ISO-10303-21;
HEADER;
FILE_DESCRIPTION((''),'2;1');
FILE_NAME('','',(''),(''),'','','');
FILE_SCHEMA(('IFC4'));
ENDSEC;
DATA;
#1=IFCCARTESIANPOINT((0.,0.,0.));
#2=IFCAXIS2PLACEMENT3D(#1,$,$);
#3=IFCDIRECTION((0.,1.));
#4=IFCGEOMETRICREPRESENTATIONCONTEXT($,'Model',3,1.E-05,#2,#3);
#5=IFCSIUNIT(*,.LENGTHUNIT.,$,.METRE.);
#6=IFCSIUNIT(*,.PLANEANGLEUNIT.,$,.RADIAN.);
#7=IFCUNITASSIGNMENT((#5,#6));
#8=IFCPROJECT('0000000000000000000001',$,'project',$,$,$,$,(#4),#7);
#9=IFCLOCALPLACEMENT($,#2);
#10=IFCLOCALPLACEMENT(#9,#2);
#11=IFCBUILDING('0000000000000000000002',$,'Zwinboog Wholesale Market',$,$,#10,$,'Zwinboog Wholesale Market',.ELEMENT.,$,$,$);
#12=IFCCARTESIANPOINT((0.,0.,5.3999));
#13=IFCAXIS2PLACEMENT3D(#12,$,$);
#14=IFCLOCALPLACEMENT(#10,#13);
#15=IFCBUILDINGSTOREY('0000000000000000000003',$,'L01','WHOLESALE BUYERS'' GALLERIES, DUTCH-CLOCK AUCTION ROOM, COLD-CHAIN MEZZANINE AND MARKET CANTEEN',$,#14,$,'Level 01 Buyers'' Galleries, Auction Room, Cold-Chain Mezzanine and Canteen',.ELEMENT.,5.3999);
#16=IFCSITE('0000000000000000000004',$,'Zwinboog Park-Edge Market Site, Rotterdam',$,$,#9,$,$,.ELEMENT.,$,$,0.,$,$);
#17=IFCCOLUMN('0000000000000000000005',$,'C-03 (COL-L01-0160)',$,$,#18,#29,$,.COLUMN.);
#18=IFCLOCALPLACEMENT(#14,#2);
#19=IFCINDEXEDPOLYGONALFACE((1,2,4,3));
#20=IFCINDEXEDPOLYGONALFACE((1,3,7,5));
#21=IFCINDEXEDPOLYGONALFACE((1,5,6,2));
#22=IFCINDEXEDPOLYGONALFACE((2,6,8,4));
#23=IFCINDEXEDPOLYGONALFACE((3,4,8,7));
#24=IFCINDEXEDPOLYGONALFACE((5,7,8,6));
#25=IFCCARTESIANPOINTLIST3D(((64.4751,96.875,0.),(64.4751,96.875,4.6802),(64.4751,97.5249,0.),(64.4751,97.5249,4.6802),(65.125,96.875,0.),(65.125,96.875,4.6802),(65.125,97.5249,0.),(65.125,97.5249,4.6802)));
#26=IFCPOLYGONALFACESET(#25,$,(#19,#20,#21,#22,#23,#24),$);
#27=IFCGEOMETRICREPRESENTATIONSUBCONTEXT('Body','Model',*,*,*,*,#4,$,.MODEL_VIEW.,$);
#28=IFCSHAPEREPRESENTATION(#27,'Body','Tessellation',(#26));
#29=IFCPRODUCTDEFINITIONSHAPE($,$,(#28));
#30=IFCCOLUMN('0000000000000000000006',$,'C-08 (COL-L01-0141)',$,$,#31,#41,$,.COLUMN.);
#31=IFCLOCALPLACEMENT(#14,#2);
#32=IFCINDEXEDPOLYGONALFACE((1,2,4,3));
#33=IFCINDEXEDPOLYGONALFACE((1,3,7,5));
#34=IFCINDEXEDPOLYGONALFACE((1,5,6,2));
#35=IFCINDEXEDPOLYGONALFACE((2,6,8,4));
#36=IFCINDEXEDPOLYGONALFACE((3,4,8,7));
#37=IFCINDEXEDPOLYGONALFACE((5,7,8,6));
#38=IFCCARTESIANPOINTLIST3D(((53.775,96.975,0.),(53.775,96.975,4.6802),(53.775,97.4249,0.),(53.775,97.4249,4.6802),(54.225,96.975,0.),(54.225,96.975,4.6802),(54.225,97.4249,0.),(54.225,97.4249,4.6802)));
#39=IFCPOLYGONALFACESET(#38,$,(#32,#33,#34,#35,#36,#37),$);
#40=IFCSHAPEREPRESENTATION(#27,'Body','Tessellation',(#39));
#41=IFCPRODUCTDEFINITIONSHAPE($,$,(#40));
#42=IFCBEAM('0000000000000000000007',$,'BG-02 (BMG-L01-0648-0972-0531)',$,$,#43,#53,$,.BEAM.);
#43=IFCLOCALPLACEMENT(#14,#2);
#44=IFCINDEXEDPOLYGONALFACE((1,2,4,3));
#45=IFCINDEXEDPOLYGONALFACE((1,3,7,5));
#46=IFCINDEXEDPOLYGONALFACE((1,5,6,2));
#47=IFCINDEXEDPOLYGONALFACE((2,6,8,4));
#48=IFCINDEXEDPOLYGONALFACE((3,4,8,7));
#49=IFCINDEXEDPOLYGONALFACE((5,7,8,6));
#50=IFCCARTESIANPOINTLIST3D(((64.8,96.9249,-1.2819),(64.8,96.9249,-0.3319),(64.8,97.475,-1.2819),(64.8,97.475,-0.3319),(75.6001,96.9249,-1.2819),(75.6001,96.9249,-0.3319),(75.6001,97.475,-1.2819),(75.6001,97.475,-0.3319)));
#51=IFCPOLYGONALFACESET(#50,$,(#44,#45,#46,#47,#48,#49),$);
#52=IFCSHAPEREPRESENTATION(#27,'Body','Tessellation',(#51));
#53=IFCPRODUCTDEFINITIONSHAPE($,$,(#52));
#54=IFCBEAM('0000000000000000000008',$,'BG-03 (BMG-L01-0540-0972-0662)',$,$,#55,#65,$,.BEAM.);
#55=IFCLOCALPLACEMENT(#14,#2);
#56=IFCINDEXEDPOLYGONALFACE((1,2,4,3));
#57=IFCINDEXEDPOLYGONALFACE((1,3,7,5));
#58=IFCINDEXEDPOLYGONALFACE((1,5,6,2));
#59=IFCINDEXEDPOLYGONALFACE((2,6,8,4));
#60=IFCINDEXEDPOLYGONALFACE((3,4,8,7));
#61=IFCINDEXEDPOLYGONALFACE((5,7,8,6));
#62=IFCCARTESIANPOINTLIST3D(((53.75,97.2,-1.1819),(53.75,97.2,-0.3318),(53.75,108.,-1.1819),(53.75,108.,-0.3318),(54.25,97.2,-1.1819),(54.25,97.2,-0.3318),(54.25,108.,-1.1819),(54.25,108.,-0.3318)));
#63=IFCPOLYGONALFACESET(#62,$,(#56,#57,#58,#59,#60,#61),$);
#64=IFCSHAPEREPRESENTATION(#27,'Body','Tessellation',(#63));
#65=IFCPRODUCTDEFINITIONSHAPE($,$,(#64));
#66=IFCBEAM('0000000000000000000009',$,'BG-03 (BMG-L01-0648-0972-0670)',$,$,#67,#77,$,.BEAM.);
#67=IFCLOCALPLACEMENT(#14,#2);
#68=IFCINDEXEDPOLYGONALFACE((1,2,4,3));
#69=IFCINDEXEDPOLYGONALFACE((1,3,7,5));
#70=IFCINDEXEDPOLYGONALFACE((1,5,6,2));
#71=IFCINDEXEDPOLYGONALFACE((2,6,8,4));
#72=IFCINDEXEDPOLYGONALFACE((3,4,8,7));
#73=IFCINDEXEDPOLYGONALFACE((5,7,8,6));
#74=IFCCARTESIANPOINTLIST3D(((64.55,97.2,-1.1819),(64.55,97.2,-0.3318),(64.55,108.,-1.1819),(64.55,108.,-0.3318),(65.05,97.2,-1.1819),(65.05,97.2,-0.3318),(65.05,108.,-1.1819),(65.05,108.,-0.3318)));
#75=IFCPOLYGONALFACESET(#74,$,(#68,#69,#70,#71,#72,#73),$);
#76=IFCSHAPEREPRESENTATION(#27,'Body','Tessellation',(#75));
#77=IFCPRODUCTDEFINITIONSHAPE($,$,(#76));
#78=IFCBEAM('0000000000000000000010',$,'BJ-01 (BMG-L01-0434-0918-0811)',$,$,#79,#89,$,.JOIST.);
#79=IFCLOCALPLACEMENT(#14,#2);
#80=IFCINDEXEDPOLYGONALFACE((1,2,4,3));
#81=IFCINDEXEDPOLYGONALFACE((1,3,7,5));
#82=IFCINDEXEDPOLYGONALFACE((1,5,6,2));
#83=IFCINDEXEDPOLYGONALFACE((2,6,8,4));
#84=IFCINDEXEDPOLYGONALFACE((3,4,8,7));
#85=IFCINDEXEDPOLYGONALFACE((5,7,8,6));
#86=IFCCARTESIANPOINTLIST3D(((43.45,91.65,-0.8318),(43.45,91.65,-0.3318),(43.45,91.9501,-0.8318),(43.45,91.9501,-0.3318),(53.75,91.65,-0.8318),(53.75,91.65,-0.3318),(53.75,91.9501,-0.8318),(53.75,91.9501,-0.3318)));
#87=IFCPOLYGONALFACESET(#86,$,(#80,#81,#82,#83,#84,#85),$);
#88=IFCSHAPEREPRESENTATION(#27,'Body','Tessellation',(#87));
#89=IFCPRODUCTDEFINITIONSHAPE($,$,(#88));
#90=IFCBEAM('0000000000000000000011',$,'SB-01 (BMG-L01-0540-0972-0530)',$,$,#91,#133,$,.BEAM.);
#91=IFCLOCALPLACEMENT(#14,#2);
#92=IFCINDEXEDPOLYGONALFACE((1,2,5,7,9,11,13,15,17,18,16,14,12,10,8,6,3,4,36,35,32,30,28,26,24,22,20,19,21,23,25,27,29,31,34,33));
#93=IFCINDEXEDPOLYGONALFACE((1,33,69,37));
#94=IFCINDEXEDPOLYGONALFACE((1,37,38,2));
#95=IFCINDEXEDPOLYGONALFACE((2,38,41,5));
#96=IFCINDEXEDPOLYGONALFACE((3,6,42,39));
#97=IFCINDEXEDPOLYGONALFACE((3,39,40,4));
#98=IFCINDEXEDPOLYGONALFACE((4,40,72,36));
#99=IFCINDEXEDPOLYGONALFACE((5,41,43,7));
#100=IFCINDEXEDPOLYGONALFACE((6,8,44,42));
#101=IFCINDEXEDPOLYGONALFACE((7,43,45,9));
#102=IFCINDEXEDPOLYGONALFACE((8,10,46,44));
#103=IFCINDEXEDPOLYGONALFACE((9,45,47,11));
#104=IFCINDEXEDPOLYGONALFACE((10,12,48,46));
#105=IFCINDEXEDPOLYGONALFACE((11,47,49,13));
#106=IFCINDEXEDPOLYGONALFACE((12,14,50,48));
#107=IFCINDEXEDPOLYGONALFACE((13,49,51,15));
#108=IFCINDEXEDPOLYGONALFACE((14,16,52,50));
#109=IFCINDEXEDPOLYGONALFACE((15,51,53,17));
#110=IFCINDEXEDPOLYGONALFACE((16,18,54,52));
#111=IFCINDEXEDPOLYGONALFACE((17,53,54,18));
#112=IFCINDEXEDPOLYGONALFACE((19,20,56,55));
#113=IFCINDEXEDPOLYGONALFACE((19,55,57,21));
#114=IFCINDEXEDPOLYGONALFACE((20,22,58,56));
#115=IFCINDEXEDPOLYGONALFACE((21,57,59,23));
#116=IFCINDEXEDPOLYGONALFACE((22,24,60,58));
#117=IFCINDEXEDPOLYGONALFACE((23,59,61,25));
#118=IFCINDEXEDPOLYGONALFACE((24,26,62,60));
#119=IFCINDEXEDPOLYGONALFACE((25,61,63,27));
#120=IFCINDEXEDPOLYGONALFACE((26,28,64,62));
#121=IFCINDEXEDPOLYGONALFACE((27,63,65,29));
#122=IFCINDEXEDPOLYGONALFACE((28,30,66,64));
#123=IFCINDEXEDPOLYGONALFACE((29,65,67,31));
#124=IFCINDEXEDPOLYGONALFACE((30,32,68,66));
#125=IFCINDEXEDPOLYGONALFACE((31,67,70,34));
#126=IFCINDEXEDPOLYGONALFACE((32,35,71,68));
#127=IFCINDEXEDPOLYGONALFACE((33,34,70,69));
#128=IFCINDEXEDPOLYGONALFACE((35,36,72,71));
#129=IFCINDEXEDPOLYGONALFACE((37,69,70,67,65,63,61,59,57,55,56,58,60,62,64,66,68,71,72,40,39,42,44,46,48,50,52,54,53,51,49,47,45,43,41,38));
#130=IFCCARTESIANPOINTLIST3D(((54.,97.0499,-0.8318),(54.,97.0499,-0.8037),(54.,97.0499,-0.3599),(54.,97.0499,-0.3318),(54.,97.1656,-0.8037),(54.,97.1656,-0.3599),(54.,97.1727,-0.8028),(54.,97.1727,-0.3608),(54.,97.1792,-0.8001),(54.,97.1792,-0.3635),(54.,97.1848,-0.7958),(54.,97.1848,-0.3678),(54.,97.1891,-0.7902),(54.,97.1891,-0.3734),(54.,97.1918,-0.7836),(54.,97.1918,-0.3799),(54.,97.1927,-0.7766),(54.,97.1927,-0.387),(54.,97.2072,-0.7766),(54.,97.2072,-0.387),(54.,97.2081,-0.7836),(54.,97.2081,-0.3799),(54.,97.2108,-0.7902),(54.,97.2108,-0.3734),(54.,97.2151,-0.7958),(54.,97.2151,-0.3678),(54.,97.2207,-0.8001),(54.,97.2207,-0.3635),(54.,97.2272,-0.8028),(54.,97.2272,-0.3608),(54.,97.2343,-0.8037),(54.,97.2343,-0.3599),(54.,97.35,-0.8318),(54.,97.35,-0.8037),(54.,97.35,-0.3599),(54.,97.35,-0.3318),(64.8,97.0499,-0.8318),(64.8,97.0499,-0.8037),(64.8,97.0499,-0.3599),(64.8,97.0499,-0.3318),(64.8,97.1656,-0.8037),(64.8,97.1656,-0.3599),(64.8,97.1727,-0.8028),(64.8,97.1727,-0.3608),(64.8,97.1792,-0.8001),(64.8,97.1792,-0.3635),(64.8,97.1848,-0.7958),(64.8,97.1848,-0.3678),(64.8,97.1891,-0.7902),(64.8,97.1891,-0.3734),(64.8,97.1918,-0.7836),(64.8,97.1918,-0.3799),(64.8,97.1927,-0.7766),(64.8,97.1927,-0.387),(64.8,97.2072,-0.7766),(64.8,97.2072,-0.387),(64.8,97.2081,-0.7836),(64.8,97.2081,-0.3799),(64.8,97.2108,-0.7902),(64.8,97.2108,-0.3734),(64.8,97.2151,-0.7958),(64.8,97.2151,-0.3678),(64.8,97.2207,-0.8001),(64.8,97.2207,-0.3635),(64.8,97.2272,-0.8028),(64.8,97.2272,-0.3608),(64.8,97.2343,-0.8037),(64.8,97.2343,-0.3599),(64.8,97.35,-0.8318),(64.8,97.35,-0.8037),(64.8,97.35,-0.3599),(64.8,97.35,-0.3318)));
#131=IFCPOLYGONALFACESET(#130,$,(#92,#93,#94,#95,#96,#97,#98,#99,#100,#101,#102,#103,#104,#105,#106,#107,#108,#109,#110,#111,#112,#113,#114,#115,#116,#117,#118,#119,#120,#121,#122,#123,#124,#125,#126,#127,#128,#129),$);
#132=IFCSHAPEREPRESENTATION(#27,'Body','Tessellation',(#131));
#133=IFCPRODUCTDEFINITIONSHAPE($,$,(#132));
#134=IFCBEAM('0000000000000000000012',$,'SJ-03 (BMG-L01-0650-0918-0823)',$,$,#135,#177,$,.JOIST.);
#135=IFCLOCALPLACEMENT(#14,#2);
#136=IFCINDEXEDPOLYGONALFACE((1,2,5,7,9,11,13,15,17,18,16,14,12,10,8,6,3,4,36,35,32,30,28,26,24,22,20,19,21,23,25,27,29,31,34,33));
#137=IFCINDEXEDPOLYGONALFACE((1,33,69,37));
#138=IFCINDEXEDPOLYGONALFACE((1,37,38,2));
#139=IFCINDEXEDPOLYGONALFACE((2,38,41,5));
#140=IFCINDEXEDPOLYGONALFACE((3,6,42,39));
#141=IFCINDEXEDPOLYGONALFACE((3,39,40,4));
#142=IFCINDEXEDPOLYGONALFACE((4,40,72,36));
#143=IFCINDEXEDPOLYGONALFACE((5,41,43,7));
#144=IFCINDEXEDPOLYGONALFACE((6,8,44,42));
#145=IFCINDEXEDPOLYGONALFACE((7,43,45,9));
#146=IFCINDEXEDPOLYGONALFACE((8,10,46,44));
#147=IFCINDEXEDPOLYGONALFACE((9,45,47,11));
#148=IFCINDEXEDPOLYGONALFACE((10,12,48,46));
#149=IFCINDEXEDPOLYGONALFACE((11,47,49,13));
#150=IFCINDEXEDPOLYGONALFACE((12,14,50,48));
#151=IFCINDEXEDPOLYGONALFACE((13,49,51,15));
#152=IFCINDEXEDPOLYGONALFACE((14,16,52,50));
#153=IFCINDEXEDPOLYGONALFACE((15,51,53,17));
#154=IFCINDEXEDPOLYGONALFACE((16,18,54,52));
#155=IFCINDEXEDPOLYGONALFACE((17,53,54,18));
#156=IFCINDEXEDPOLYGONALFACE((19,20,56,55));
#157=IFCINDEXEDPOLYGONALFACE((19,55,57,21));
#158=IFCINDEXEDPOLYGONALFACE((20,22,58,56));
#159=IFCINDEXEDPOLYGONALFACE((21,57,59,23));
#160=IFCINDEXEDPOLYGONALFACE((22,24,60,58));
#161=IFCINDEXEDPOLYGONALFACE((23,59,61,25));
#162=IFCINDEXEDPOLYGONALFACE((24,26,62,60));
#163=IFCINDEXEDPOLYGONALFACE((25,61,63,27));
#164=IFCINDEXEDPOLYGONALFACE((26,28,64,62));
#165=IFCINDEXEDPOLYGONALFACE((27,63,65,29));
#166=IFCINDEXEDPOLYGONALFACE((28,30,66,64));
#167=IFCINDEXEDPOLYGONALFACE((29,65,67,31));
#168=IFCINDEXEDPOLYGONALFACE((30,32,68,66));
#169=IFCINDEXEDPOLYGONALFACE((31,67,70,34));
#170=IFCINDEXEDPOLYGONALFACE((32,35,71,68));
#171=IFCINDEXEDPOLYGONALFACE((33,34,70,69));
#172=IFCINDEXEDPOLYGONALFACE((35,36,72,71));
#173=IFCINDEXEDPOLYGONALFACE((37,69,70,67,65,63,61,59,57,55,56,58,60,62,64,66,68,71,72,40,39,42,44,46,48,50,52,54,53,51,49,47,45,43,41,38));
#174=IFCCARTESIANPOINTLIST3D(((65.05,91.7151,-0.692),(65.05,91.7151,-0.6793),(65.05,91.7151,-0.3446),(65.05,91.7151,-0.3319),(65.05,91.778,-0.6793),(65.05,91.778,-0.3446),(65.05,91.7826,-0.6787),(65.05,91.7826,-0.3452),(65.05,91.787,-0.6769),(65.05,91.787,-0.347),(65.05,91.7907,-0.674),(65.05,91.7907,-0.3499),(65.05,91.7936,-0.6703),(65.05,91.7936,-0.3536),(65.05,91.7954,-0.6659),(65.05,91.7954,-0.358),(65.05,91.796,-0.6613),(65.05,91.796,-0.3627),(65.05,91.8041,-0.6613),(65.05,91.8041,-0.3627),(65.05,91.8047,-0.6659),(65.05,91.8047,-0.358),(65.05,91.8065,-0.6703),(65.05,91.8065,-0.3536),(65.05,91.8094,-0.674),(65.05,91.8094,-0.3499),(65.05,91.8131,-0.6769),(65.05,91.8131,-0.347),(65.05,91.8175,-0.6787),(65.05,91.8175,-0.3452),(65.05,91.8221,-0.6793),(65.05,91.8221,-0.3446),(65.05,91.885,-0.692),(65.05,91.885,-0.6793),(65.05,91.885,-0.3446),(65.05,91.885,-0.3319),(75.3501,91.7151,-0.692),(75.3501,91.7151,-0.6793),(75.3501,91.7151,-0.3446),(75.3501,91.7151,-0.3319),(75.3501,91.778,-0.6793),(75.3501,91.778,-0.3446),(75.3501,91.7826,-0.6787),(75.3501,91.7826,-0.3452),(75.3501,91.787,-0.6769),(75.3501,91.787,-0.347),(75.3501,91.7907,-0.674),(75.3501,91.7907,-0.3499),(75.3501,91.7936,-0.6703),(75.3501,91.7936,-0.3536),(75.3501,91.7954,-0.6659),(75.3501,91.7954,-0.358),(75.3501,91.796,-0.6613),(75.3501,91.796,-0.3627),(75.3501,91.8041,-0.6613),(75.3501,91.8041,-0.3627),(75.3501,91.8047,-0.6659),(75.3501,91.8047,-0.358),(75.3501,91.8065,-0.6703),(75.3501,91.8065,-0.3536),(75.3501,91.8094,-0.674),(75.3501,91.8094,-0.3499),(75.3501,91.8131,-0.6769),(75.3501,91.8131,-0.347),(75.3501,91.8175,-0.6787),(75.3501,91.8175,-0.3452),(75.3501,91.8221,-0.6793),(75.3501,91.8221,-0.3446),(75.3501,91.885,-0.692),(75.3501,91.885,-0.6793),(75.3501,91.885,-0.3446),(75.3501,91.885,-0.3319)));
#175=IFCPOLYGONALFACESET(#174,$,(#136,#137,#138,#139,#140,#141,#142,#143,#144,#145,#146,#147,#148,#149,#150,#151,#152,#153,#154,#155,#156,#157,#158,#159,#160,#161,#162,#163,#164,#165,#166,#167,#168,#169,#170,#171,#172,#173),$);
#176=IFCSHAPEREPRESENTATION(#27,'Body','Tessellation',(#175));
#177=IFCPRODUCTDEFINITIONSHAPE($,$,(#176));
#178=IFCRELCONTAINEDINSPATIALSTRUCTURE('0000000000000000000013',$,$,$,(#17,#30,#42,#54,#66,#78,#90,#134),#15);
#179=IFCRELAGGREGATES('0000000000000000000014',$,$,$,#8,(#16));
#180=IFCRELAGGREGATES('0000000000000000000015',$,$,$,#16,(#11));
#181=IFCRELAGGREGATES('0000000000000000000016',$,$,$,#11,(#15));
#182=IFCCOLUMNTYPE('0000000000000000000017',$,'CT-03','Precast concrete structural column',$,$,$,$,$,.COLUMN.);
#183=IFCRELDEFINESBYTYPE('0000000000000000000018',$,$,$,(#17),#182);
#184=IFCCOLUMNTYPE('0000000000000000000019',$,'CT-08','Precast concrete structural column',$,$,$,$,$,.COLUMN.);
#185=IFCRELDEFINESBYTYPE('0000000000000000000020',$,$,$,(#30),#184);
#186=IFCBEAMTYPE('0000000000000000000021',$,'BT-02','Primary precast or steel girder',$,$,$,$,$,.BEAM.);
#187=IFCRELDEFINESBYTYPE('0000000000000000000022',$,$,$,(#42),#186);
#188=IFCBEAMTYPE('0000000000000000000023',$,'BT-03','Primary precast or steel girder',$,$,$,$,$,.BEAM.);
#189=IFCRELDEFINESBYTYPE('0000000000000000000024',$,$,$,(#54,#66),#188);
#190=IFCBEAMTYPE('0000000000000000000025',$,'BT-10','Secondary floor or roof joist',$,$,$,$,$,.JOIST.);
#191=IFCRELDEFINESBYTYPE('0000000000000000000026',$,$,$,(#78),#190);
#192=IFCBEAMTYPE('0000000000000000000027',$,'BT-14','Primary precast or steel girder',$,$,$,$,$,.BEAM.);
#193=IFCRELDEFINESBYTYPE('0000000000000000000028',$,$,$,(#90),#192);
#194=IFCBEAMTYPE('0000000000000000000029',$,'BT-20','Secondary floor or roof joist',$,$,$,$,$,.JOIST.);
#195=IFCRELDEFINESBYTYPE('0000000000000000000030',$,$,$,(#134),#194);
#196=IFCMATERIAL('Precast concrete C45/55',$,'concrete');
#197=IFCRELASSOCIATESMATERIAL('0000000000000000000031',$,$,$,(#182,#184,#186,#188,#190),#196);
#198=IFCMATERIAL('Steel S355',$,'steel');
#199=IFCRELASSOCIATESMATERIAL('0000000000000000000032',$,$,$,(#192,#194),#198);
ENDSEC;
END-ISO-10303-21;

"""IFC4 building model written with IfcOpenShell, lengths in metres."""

from ifc_helpers import new_model, si_unit, direction, frame, origin, origin_2d, place, context, subcontext, project, spatial, rectangle, i_section, extrude, material, material_profile, profile_set, type_object, element, save


model = new_model("IFC4")

# Units and contexts
model_context = context("Model", 3, precision=1e-05, world=origin(), true_north=direction((0.0, 1.0)))
body_context = subcontext(model_context, "Body", "Model", "MODEL_VIEW")
ifc_project = project(units=[si_unit("LENGTHUNIT", "METRE"), si_unit("PLANEANGLEUNIT", "RADIAN")], contexts=[model_context])

# Site, building, storey
site_placement = place(None, origin())
site = spatial("IfcSite", under=ifc_project, at=site_placement, Name="Zwinboog Park-Edge Market Site, Rotterdam", CompositionType="ELEMENT", RefElevation=0.0)
building_placement = place(site_placement, origin())
building = spatial("IfcBuilding", under=site, at=building_placement, Name="Zwinboog Wholesale Market", LongName="Zwinboog Wholesale Market", CompositionType="ELEMENT")
storey_placement = place(building_placement, frame((0.0, 0.0, 5.3999)))
storey = spatial("IfcBuildingStorey", under=building, at=storey_placement, Name="L01", Description="WHOLESALE BUYERS' GALLERIES, DUTCH-CLOCK AUCTION ROOM, COLD-CHAIN MEZZANINE AND MARKET CANTEEN", LongName="Level 01 Buyers' Galleries, Auction Room, Cold-Chain Mezzanine and Canteen", CompositionType="ELEMENT", Elevation=5.3999)

# Columns
ifc_material_1 = material(Name="Precast concrete C45/55", Category="concrete")
ifc_material_profile_1 = material_profile(ifc_material_1, rectangle(XDim=0.6499, YDim=0.6499, at=origin_2d()), Name="PC 650x650")
ifc_profile_set_1 = profile_set([ifc_material_profile_1], Name="Precast concrete C45/55")
column_type_1 = type_object("IfcColumnType", Name="CT-03", Description="Precast concrete structural column", PredefinedType="COLUMN", material=ifc_profile_set_1)
column_1_placement = place(storey_placement, frame((64.8, 97.2, 0.0), z_axis=(0.0, 0.0, 1.0), x_axis=(1.0, 0.0, 0.0)))
element("IfcColumn", 1, at=column_1_placement, inside=storey, type_object=column_type_1, Name="C-03 (COL-L01-0160)", PredefinedType="COLUMN", context=body_context, shape_type="SweptSolid", body=[
    extrude(rectangle(XDim=0.6499, YDim=0.6499, at=origin_2d()), origin(), (0.0, 0.0, 1.0), 4.6802),
])
ifc_material_profile_2 = material_profile(ifc_material_1, rectangle(XDim=0.45, YDim=0.45, at=origin_2d()), Name="PC 450x450")
ifc_profile_set_2 = profile_set([ifc_material_profile_2], Name="Precast concrete C45/55")
column_type_2 = type_object("IfcColumnType", Name="CT-08", Description="Precast concrete structural column", PredefinedType="COLUMN", material=ifc_profile_set_2)
column_2_placement = place(storey_placement, frame((54.0, 97.2, 0.0), z_axis=(0.0, 0.0, 1.0), x_axis=(1.0, 0.0, 0.0)))
element("IfcColumn", 2, at=column_2_placement, inside=storey, type_object=column_type_2, Name="C-08 (COL-L01-0141)", PredefinedType="COLUMN", context=body_context, shape_type="SweptSolid", body=[
    extrude(rectangle(XDim=0.45, YDim=0.45, at=origin_2d()), origin(), (0.0, 0.0, 1.0), 4.6802),
])

# Beams
ifc_material_profile_3 = material_profile(ifc_material_1, rectangle(XDim=0.55, YDim=0.95, at=origin_2d()), Name="PC 550x950")
ifc_profile_set_3 = profile_set([ifc_material_profile_3], Name="Precast concrete C45/55")
beam_type_1 = type_object("IfcBeamType", Name="BT-02", Description="Primary precast or steel girder", PredefinedType="BEAM", material=ifc_profile_set_3)
beam_1_placement = place(storey_placement, frame((64.8, 97.2, -0.8069), z_axis=(1.0, 0.0, 0.0), x_axis=(0.0, 1.0, 0.0)))
element("IfcBeam", 3, at=beam_1_placement, inside=storey, type_object=beam_type_1, Name="BG-02 (BMG-L01-0648-0972-0531)", PredefinedType="BEAM", context=body_context, shape_type="SweptSolid", body=[
    extrude(rectangle(XDim=0.55, YDim=0.95, at=origin_2d()), origin(), (0.0, 0.0, 1.0), 10.8),
])
ifc_material_profile_4 = material_profile(ifc_material_1, rectangle(XDim=0.5, YDim=0.8501, at=origin_2d()), Name="PC 500x850")
ifc_profile_set_4 = profile_set([ifc_material_profile_4], Name="Precast concrete C45/55")
beam_type_2 = type_object("IfcBeamType", Name="BT-03", Description="Primary precast or steel girder", PredefinedType="BEAM", material=ifc_profile_set_4)
for number, where, z_axis, x_axis, name in (
    (4, (54.0, 97.2, -0.7568), (0.0, 1.0, 0.0), (-1.0, 0.0, 0.0), "BG-03 (BMG-L01-0540-0972-0662)"),
    (5, (64.8, 97.2, -0.7568), (0.0, 1.0, 0.0), (-1.0, 0.0, 0.0), "BG-03 (BMG-L01-0648-0972-0670)"),
):
    element("IfcBeam", number, at=place(storey_placement, frame(where, z_axis=z_axis, x_axis=x_axis)), inside=storey, type_object=beam_type_2, Name=name, PredefinedType="BEAM", context=body_context, shape_type="SweptSolid", body=[
        extrude(rectangle(XDim=0.5, YDim=0.8501, at=origin_2d()), origin(), (0.0, 0.0, 1.0), 10.8),
    ])
ifc_material_profile_5 = material_profile(ifc_material_1, rectangle(XDim=0.3, YDim=0.5, at=origin_2d()), Name="PC 300x500")
ifc_profile_set_5 = profile_set([ifc_material_profile_5], Name="Precast concrete C45/55")
beam_type_3 = type_object("IfcBeamType", Name="BT-10", Description="Secondary floor or roof joist", PredefinedType="JOIST", material=ifc_profile_set_5)
beam_2_placement = place(storey_placement, frame((43.45, 91.8, -0.5818), z_axis=(1.0, 0.0, 0.0), x_axis=(0.0, 1.0, 0.0)))
element("IfcBeam", 6, at=beam_2_placement, inside=storey, type_object=beam_type_3, Name="BJ-01 (BMG-L01-0434-0918-0811)", PredefinedType="JOIST", context=body_context, shape_type="SweptSolid", body=[
    extrude(rectangle(XDim=0.3, YDim=0.5, at=origin_2d()), origin(), (0.0, 0.0, 1.0), 10.3),
])
ifc_material_2 = material(Name="Steel S355", Category="steel")
ifc_material_profile_6 = material_profile(ifc_material_2, i_section(OverallWidth=0.3, OverallDepth=0.5, WebThickness=0.0144, FlangeThickness=0.0281, FilletRadius=0.0271, at=origin_2d()), Name="HEB 500")
ifc_profile_set_6 = profile_set([ifc_material_profile_6], Name="Steel S355")
beam_type_4 = type_object("IfcBeamType", Name="BT-14", Description="Primary precast or steel girder", PredefinedType="BEAM", material=ifc_profile_set_6)
beam_3_placement = place(storey_placement, frame((54.0, 97.2, -0.5818), z_axis=(1.0, 0.0, 0.0), x_axis=(0.0, 1.0, 0.0)))
element("IfcBeam", 7, at=beam_3_placement, inside=storey, type_object=beam_type_4, Name="SB-01 (BMG-L01-0540-0972-0530)", PredefinedType="BEAM", context=body_context, shape_type="SweptSolid", body=[
    extrude(i_section(OverallWidth=0.3, OverallDepth=0.5, WebThickness=0.0144, FlangeThickness=0.0281, FilletRadius=0.0271, at=origin_2d()), origin(), (0.0, 0.0, 1.0), 10.8),
])
ifc_material_profile_7 = material_profile(ifc_material_2, i_section(OverallWidth=0.1699, OverallDepth=0.3601, WebThickness=0.0081, FlangeThickness=0.0127, FilletRadius=0.0181, at=origin_2d()), Name="IPE 360")
ifc_profile_set_7 = profile_set([ifc_material_profile_7], Name="Steel S355")
beam_type_5 = type_object("IfcBeamType", Name="BT-20", Description="Secondary floor or roof joist", PredefinedType="JOIST", material=ifc_profile_set_7)
beam_4_placement = place(storey_placement, frame((65.05, 91.8, -0.512), z_axis=(1.0, 0.0, 0.0), x_axis=(0.0, 1.0, 0.0)))
element("IfcBeam", 8, at=beam_4_placement, inside=storey, type_object=beam_type_5, Name="SJ-03 (BMG-L01-0650-0918-0823)", PredefinedType="JOIST", context=body_context, shape_type="SweptSolid", body=[
    extrude(i_section(OverallWidth=0.1699, OverallDepth=0.3601, WebThickness=0.0081, FlangeThickness=0.0127, FilletRadius=0.0181, at=origin_2d()), origin(), (0.0, 0.0, 1.0), 10.3),
])

save(model, "model.ifc")
